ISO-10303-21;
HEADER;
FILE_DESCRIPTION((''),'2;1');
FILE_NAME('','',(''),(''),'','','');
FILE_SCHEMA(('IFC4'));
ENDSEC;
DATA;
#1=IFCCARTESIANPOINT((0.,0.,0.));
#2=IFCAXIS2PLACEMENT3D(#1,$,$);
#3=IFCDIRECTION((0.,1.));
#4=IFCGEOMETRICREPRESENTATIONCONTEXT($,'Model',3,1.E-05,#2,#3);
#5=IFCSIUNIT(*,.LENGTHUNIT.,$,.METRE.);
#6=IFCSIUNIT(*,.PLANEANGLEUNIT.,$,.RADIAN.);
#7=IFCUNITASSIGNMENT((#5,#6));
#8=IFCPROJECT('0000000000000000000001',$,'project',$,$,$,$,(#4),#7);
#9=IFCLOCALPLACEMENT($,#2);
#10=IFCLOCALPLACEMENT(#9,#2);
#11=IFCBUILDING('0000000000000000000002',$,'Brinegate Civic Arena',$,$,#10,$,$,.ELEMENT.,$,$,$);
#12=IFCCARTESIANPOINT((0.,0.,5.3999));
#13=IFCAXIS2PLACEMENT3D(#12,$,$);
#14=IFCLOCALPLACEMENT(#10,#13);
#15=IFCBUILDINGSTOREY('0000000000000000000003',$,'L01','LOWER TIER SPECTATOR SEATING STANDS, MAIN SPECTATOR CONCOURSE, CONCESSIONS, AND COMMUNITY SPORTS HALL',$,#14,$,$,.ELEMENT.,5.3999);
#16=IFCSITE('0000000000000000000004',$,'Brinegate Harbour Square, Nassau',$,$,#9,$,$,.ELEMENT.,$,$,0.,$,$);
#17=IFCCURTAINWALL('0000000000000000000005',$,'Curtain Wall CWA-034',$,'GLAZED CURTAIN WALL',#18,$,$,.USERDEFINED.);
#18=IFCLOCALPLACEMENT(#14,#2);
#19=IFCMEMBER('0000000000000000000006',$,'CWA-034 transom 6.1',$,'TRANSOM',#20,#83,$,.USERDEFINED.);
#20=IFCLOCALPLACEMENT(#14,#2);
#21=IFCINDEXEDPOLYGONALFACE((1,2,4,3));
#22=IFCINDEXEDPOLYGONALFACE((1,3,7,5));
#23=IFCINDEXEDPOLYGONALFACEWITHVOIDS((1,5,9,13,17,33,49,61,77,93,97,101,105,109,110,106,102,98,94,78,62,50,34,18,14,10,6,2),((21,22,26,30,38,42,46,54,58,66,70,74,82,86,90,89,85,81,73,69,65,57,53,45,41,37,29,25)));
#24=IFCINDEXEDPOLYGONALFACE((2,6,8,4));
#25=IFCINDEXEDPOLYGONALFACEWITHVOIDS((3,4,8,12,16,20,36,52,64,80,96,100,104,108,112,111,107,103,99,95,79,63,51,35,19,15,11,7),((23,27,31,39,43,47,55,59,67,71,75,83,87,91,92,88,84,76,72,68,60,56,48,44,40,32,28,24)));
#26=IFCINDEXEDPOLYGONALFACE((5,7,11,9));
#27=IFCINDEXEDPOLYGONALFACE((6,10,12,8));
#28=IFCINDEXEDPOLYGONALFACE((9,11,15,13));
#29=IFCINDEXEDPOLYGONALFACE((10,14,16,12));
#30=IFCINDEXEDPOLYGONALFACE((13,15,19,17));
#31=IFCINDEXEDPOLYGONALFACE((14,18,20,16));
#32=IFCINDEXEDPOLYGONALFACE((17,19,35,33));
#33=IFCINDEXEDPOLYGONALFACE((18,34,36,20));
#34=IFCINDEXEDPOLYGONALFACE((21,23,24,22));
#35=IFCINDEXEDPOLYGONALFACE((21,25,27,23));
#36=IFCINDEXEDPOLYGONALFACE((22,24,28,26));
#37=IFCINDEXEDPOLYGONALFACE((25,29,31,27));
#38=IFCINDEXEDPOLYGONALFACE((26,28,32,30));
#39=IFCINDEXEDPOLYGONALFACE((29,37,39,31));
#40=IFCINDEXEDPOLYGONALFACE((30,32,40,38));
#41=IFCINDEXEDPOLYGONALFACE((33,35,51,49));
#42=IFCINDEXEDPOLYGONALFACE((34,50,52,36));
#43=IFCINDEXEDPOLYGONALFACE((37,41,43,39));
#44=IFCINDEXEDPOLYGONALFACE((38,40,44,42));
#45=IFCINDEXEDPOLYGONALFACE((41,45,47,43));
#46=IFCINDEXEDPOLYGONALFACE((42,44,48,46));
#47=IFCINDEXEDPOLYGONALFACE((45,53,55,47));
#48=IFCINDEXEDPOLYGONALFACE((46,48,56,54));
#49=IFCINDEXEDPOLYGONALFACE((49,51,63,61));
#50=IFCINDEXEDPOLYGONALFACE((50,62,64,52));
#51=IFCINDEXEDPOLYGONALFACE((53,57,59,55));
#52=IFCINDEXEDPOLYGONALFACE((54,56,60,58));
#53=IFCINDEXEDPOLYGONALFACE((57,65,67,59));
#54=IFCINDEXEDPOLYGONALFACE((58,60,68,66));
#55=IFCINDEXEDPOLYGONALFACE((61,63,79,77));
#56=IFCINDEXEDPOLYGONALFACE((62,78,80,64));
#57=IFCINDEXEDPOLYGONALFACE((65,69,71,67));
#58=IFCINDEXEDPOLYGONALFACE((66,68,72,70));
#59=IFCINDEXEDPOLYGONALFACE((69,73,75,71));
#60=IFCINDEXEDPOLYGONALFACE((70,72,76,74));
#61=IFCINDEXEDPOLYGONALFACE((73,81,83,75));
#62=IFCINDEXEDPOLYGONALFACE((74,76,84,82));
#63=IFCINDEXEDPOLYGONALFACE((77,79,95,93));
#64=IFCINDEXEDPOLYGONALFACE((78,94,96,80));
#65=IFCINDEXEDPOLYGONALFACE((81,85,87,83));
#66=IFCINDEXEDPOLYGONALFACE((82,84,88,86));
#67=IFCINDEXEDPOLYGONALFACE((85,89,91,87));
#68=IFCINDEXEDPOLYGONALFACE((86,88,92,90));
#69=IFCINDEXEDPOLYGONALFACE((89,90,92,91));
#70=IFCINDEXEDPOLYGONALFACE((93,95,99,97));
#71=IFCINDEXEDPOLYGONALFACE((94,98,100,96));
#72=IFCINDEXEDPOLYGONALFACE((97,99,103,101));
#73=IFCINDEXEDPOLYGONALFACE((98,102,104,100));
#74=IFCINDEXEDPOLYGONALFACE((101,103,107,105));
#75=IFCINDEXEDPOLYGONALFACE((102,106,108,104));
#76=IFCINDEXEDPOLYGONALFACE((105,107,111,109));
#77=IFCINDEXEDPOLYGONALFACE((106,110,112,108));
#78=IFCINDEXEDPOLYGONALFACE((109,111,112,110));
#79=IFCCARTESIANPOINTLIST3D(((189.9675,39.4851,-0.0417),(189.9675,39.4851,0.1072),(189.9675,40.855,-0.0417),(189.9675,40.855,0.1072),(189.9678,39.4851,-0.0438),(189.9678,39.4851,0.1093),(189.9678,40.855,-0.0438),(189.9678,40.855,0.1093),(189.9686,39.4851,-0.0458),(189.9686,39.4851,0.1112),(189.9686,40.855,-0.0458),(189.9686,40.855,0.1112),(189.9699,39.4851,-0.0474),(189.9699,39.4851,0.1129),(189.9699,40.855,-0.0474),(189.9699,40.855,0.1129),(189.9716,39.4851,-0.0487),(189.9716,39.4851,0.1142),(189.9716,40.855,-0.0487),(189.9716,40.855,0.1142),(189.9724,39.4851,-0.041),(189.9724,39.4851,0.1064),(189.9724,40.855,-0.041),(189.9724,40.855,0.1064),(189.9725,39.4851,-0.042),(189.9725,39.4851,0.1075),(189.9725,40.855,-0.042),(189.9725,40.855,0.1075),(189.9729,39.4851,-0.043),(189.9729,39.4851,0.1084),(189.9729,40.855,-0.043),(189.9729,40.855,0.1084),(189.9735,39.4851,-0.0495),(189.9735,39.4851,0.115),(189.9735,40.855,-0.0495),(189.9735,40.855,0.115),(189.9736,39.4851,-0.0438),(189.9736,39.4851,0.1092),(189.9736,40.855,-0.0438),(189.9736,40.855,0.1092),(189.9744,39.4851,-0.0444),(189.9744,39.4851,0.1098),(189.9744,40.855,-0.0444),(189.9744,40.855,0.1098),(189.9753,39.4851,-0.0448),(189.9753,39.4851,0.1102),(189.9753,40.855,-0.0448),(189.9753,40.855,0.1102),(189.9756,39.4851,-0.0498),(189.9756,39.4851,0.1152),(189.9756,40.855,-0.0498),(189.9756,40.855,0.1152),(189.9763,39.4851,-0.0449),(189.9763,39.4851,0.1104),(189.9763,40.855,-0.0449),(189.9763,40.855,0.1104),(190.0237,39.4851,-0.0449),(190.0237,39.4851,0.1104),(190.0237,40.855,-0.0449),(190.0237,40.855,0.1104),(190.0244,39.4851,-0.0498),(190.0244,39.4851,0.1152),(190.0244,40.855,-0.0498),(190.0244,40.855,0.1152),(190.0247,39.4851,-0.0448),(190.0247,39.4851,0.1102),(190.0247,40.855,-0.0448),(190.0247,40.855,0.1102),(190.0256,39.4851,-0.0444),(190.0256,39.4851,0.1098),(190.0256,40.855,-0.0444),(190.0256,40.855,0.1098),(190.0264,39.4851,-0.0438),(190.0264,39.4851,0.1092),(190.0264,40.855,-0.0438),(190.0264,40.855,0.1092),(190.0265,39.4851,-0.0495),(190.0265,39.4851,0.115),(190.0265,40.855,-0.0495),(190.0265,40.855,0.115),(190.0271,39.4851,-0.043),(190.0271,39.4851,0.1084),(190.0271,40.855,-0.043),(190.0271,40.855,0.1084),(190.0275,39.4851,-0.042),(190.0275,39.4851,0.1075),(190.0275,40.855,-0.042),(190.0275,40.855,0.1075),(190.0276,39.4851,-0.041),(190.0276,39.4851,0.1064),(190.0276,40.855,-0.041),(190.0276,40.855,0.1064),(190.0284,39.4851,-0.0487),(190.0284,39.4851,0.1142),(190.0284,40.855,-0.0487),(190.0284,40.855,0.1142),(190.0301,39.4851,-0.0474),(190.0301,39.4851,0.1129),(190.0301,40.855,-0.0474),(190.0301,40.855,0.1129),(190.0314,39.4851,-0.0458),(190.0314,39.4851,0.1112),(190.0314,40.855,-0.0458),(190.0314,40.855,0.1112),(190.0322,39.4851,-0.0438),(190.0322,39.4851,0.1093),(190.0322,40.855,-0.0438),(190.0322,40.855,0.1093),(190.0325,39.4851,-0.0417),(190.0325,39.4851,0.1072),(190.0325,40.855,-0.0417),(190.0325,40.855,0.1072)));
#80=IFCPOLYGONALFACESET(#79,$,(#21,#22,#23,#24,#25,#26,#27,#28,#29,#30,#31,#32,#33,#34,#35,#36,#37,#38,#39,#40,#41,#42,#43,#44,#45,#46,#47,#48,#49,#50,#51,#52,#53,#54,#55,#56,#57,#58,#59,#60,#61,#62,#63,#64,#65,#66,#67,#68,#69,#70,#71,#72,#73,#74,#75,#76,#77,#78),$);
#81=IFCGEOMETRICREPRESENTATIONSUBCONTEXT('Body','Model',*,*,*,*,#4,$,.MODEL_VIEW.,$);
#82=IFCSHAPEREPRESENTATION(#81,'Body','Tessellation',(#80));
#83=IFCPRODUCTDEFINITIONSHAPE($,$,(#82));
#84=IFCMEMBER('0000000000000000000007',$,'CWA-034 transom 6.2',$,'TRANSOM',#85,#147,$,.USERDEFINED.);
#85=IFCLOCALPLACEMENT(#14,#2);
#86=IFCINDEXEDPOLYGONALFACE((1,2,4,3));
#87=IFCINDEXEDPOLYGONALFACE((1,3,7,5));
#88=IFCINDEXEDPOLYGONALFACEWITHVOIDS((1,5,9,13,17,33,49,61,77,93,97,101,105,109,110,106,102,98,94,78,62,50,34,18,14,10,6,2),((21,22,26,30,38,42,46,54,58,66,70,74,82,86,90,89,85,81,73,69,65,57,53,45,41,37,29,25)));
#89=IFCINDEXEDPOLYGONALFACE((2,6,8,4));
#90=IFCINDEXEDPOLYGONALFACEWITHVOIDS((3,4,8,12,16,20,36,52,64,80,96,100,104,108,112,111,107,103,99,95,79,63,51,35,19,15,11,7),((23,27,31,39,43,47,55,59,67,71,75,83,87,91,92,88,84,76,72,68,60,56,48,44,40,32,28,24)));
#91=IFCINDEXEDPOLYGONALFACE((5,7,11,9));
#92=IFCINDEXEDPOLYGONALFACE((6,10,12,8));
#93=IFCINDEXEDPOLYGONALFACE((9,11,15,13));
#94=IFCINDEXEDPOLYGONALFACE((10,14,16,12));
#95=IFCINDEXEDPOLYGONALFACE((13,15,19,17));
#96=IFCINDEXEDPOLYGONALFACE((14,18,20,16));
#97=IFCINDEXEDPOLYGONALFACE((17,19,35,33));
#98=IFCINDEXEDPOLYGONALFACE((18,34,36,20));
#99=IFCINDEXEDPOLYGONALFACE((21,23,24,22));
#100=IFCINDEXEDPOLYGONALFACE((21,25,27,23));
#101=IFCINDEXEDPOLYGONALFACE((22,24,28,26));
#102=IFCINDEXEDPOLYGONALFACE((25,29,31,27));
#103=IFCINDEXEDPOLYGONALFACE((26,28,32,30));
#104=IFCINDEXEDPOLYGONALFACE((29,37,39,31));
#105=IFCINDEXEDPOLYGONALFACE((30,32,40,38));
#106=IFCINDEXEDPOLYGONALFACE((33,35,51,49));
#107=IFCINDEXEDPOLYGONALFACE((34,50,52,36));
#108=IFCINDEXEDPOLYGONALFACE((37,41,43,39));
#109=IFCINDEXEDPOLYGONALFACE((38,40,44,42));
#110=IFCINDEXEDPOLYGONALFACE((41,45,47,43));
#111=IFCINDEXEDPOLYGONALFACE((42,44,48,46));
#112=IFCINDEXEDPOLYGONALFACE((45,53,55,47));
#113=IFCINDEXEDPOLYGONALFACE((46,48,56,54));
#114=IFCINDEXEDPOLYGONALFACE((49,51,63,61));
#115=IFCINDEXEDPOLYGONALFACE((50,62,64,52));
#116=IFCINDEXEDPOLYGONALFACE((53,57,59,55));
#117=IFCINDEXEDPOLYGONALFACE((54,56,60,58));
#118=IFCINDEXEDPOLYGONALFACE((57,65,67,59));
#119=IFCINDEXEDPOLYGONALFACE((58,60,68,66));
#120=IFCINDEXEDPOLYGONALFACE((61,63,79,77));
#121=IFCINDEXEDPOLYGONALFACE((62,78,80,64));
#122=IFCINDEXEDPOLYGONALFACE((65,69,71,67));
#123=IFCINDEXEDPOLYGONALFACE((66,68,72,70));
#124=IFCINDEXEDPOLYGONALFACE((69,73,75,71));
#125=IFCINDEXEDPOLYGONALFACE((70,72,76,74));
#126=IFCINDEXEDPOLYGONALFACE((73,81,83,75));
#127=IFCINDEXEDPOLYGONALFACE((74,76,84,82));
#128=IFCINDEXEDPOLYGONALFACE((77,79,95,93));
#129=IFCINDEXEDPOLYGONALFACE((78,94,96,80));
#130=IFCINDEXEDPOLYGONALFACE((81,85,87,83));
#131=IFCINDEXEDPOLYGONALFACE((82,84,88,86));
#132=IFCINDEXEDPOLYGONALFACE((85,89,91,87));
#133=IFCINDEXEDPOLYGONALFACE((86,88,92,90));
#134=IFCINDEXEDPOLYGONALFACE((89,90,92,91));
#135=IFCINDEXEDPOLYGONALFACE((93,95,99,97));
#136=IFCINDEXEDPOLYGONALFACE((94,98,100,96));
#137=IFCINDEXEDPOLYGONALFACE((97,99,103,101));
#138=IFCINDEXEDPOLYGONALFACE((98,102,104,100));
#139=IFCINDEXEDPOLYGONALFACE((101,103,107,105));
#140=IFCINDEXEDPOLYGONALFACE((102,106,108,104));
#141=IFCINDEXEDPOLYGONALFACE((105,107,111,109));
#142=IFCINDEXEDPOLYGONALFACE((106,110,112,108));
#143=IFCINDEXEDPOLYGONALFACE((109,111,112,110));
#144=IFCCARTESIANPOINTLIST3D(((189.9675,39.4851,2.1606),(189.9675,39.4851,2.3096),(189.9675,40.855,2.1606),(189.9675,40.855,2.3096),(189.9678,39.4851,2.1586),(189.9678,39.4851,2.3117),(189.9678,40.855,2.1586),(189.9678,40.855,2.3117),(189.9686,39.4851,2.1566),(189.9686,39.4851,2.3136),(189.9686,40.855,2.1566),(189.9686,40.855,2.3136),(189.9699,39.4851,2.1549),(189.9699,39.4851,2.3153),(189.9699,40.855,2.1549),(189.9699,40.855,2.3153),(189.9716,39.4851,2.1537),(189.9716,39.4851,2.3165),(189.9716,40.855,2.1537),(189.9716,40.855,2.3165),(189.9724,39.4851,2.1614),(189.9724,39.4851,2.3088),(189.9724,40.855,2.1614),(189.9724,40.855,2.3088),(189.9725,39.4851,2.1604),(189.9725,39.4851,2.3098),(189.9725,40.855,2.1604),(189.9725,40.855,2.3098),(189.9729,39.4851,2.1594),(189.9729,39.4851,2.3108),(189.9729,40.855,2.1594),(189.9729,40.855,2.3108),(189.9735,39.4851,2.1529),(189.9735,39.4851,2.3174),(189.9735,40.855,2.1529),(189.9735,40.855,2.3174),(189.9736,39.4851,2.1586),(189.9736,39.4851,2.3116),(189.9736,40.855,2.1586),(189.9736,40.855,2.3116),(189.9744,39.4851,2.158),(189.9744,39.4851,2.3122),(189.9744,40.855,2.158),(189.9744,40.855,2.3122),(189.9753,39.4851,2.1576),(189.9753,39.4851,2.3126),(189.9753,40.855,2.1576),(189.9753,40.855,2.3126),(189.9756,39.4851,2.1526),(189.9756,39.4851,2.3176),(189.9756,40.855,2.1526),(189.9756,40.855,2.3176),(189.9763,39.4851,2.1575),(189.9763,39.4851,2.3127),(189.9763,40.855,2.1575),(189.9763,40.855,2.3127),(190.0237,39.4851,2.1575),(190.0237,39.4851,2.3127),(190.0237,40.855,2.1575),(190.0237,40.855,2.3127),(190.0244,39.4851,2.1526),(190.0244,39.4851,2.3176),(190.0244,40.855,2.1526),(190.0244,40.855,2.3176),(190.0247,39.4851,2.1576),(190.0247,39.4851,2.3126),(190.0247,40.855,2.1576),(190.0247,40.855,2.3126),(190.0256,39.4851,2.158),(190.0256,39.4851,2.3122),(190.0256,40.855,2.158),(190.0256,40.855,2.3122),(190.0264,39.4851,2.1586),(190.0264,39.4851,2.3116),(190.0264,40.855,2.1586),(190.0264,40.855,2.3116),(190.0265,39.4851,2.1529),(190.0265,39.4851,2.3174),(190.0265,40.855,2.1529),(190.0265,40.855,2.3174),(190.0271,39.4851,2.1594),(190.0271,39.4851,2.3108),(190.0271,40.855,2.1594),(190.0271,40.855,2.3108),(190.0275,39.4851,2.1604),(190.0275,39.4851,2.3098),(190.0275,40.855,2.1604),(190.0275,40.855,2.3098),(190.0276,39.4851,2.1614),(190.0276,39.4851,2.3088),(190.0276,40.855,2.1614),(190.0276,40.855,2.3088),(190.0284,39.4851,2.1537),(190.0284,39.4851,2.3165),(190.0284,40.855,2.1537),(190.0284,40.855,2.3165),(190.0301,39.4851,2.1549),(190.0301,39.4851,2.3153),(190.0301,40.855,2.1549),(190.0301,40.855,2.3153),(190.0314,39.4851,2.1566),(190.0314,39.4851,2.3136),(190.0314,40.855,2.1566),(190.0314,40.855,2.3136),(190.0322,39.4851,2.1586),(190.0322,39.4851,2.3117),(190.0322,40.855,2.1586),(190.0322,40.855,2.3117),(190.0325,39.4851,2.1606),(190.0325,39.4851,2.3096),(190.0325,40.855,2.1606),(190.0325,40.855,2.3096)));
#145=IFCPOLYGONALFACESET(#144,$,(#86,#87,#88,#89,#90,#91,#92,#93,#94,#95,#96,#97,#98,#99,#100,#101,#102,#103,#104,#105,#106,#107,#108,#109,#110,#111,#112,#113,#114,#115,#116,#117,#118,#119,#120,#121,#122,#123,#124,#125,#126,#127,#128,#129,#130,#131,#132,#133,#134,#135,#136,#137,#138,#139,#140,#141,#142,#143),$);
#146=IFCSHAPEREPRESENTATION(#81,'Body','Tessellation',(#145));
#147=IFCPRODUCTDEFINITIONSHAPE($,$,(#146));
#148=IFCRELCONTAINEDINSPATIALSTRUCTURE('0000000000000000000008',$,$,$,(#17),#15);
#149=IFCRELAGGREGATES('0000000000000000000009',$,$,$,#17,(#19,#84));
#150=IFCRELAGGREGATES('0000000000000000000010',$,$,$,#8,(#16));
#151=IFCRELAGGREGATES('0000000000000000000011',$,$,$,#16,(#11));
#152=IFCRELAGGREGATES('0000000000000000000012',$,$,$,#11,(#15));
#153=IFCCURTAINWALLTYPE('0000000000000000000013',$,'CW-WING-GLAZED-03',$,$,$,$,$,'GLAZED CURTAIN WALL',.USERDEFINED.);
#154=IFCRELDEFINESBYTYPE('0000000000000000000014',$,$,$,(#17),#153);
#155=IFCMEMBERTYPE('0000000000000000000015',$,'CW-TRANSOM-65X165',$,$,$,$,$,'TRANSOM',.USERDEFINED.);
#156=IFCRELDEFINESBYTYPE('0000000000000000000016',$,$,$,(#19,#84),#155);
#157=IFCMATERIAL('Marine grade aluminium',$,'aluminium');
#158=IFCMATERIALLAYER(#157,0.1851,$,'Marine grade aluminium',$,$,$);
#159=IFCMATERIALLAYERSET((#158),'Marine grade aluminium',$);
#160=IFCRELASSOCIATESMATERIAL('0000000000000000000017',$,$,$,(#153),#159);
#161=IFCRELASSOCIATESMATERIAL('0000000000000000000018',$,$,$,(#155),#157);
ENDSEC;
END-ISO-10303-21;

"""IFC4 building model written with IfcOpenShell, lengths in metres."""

from ifc_helpers import new_model, si_unit, direction, frame, origin, origin_2d, place, context, subcontext, project, spatial, hollow_rectangle, extrude, material, layer, layer_set, material_profile, profile_set, type_object, element, aggregate, save


model = new_model("IFC4")

# Units and contexts
model_context = context("Model", 3, precision=1e-05, world=origin(), true_north=direction((0.0, 1.0)))
body_context = subcontext(model_context, "Body", "Model", "MODEL_VIEW")
ifc_project = project(units=[si_unit("LENGTHUNIT", "METRE"), si_unit("PLANEANGLEUNIT", "RADIAN")], contexts=[model_context])

# Site, building, storey
site_placement = place(None, origin())
site = spatial("IfcSite", under=ifc_project, at=site_placement, Name="Brinegate Harbour Square, Nassau", CompositionType="ELEMENT", RefElevation=0.0)
building_placement = place(site_placement, origin())
building = spatial("IfcBuilding", under=site, at=building_placement, Name="Brinegate Civic Arena", CompositionType="ELEMENT")
storey_placement = place(building_placement, frame((0.0, 0.0, 5.3999)))
storey = spatial("IfcBuildingStorey", under=building, at=storey_placement, Name="L01", Description="LOWER TIER SPECTATOR SEATING STANDS, MAIN SPECTATOR CONCOURSE, CONCESSIONS, AND COMMUNITY SPORTS HALL", CompositionType="ELEMENT", Elevation=5.3999)

# Curtain wall
ifc_material_1 = material(Name="Marine grade aluminium", Category="aluminium")
ifc_layer_1 = layer(ifc_material_1, 0.1851, Name="Marine grade aluminium")
ifc_layer_set_1 = layer_set([ifc_layer_1], Name="Marine grade aluminium")
curtain_wall_type = type_object("IfcCurtainWallType", Name="CW-WING-GLAZED-03", ElementType="GLAZED CURTAIN WALL", PredefinedType="USERDEFINED", material=ifc_layer_set_1)
curtain_wall_1_placement = place(storey_placement, origin())
curtain_wall_1 = element("IfcCurtainWall", 1, at=curtain_wall_1_placement, inside=storey, type_object=curtain_wall_type, Name="Curtain Wall CWA-034", ObjectType="GLAZED CURTAIN WALL", PredefinedType="USERDEFINED")

# Members
ifc_material_profile_1 = material_profile(ifc_material_1, hollow_rectangle(XDim=0.0649, YDim=0.165, WallThickness=0.0049, InnerFilletRadius=0.0039, OuterFilletRadius=0.0081, at=origin_2d()), Name="TRN65X165")
ifc_profile_set_1 = profile_set([ifc_material_profile_1], Name="Marine grade aluminium")
member_type_1 = type_object("IfcMemberType", Name="CW-TRANSOM-65X165", ElementType="TRANSOM", PredefinedType="USERDEFINED", material=ifc_profile_set_1)
member_1_placement = place(storey_placement, frame((190.0, 39.4851, 0.0327), z_axis=(0.0, 1.0, 0.0), x_axis=(-1.0, 0.0, 0.0)))
member_1 = element("IfcMember", 2, at=member_1_placement, type_object=member_type_1, Name="CWA-034 transom 6.1", ObjectType="TRANSOM", PredefinedType="USERDEFINED", context=body_context, shape_type="SweptSolid", body=[
    extrude(hollow_rectangle(XDim=0.0649, YDim=0.165, WallThickness=0.0049, InnerFilletRadius=0.0039, OuterFilletRadius=0.0081, at=origin_2d()), origin(), (0.0, 0.0, 1.0), 1.3699),
])
member_2_placement = place(storey_placement, frame((190.0, 39.4851, 2.2351), z_axis=(0.0, 1.0, 0.0), x_axis=(-1.0, 0.0, 0.0)))
member_2 = element("IfcMember", 3, at=member_2_placement, type_object=member_type_1, Name="CWA-034 transom 6.2", ObjectType="TRANSOM", PredefinedType="USERDEFINED", context=body_context, shape_type="SweptSolid", body=[
    extrude(hollow_rectangle(XDim=0.0649, YDim=0.165, WallThickness=0.0049, InnerFilletRadius=0.0039, OuterFilletRadius=0.0081, at=origin_2d()), origin(), (0.0, 0.0, 1.0), 1.3699),
])

aggregate(curtain_wall_1, [member_1, member_2])

save(model, "model.ifc")
